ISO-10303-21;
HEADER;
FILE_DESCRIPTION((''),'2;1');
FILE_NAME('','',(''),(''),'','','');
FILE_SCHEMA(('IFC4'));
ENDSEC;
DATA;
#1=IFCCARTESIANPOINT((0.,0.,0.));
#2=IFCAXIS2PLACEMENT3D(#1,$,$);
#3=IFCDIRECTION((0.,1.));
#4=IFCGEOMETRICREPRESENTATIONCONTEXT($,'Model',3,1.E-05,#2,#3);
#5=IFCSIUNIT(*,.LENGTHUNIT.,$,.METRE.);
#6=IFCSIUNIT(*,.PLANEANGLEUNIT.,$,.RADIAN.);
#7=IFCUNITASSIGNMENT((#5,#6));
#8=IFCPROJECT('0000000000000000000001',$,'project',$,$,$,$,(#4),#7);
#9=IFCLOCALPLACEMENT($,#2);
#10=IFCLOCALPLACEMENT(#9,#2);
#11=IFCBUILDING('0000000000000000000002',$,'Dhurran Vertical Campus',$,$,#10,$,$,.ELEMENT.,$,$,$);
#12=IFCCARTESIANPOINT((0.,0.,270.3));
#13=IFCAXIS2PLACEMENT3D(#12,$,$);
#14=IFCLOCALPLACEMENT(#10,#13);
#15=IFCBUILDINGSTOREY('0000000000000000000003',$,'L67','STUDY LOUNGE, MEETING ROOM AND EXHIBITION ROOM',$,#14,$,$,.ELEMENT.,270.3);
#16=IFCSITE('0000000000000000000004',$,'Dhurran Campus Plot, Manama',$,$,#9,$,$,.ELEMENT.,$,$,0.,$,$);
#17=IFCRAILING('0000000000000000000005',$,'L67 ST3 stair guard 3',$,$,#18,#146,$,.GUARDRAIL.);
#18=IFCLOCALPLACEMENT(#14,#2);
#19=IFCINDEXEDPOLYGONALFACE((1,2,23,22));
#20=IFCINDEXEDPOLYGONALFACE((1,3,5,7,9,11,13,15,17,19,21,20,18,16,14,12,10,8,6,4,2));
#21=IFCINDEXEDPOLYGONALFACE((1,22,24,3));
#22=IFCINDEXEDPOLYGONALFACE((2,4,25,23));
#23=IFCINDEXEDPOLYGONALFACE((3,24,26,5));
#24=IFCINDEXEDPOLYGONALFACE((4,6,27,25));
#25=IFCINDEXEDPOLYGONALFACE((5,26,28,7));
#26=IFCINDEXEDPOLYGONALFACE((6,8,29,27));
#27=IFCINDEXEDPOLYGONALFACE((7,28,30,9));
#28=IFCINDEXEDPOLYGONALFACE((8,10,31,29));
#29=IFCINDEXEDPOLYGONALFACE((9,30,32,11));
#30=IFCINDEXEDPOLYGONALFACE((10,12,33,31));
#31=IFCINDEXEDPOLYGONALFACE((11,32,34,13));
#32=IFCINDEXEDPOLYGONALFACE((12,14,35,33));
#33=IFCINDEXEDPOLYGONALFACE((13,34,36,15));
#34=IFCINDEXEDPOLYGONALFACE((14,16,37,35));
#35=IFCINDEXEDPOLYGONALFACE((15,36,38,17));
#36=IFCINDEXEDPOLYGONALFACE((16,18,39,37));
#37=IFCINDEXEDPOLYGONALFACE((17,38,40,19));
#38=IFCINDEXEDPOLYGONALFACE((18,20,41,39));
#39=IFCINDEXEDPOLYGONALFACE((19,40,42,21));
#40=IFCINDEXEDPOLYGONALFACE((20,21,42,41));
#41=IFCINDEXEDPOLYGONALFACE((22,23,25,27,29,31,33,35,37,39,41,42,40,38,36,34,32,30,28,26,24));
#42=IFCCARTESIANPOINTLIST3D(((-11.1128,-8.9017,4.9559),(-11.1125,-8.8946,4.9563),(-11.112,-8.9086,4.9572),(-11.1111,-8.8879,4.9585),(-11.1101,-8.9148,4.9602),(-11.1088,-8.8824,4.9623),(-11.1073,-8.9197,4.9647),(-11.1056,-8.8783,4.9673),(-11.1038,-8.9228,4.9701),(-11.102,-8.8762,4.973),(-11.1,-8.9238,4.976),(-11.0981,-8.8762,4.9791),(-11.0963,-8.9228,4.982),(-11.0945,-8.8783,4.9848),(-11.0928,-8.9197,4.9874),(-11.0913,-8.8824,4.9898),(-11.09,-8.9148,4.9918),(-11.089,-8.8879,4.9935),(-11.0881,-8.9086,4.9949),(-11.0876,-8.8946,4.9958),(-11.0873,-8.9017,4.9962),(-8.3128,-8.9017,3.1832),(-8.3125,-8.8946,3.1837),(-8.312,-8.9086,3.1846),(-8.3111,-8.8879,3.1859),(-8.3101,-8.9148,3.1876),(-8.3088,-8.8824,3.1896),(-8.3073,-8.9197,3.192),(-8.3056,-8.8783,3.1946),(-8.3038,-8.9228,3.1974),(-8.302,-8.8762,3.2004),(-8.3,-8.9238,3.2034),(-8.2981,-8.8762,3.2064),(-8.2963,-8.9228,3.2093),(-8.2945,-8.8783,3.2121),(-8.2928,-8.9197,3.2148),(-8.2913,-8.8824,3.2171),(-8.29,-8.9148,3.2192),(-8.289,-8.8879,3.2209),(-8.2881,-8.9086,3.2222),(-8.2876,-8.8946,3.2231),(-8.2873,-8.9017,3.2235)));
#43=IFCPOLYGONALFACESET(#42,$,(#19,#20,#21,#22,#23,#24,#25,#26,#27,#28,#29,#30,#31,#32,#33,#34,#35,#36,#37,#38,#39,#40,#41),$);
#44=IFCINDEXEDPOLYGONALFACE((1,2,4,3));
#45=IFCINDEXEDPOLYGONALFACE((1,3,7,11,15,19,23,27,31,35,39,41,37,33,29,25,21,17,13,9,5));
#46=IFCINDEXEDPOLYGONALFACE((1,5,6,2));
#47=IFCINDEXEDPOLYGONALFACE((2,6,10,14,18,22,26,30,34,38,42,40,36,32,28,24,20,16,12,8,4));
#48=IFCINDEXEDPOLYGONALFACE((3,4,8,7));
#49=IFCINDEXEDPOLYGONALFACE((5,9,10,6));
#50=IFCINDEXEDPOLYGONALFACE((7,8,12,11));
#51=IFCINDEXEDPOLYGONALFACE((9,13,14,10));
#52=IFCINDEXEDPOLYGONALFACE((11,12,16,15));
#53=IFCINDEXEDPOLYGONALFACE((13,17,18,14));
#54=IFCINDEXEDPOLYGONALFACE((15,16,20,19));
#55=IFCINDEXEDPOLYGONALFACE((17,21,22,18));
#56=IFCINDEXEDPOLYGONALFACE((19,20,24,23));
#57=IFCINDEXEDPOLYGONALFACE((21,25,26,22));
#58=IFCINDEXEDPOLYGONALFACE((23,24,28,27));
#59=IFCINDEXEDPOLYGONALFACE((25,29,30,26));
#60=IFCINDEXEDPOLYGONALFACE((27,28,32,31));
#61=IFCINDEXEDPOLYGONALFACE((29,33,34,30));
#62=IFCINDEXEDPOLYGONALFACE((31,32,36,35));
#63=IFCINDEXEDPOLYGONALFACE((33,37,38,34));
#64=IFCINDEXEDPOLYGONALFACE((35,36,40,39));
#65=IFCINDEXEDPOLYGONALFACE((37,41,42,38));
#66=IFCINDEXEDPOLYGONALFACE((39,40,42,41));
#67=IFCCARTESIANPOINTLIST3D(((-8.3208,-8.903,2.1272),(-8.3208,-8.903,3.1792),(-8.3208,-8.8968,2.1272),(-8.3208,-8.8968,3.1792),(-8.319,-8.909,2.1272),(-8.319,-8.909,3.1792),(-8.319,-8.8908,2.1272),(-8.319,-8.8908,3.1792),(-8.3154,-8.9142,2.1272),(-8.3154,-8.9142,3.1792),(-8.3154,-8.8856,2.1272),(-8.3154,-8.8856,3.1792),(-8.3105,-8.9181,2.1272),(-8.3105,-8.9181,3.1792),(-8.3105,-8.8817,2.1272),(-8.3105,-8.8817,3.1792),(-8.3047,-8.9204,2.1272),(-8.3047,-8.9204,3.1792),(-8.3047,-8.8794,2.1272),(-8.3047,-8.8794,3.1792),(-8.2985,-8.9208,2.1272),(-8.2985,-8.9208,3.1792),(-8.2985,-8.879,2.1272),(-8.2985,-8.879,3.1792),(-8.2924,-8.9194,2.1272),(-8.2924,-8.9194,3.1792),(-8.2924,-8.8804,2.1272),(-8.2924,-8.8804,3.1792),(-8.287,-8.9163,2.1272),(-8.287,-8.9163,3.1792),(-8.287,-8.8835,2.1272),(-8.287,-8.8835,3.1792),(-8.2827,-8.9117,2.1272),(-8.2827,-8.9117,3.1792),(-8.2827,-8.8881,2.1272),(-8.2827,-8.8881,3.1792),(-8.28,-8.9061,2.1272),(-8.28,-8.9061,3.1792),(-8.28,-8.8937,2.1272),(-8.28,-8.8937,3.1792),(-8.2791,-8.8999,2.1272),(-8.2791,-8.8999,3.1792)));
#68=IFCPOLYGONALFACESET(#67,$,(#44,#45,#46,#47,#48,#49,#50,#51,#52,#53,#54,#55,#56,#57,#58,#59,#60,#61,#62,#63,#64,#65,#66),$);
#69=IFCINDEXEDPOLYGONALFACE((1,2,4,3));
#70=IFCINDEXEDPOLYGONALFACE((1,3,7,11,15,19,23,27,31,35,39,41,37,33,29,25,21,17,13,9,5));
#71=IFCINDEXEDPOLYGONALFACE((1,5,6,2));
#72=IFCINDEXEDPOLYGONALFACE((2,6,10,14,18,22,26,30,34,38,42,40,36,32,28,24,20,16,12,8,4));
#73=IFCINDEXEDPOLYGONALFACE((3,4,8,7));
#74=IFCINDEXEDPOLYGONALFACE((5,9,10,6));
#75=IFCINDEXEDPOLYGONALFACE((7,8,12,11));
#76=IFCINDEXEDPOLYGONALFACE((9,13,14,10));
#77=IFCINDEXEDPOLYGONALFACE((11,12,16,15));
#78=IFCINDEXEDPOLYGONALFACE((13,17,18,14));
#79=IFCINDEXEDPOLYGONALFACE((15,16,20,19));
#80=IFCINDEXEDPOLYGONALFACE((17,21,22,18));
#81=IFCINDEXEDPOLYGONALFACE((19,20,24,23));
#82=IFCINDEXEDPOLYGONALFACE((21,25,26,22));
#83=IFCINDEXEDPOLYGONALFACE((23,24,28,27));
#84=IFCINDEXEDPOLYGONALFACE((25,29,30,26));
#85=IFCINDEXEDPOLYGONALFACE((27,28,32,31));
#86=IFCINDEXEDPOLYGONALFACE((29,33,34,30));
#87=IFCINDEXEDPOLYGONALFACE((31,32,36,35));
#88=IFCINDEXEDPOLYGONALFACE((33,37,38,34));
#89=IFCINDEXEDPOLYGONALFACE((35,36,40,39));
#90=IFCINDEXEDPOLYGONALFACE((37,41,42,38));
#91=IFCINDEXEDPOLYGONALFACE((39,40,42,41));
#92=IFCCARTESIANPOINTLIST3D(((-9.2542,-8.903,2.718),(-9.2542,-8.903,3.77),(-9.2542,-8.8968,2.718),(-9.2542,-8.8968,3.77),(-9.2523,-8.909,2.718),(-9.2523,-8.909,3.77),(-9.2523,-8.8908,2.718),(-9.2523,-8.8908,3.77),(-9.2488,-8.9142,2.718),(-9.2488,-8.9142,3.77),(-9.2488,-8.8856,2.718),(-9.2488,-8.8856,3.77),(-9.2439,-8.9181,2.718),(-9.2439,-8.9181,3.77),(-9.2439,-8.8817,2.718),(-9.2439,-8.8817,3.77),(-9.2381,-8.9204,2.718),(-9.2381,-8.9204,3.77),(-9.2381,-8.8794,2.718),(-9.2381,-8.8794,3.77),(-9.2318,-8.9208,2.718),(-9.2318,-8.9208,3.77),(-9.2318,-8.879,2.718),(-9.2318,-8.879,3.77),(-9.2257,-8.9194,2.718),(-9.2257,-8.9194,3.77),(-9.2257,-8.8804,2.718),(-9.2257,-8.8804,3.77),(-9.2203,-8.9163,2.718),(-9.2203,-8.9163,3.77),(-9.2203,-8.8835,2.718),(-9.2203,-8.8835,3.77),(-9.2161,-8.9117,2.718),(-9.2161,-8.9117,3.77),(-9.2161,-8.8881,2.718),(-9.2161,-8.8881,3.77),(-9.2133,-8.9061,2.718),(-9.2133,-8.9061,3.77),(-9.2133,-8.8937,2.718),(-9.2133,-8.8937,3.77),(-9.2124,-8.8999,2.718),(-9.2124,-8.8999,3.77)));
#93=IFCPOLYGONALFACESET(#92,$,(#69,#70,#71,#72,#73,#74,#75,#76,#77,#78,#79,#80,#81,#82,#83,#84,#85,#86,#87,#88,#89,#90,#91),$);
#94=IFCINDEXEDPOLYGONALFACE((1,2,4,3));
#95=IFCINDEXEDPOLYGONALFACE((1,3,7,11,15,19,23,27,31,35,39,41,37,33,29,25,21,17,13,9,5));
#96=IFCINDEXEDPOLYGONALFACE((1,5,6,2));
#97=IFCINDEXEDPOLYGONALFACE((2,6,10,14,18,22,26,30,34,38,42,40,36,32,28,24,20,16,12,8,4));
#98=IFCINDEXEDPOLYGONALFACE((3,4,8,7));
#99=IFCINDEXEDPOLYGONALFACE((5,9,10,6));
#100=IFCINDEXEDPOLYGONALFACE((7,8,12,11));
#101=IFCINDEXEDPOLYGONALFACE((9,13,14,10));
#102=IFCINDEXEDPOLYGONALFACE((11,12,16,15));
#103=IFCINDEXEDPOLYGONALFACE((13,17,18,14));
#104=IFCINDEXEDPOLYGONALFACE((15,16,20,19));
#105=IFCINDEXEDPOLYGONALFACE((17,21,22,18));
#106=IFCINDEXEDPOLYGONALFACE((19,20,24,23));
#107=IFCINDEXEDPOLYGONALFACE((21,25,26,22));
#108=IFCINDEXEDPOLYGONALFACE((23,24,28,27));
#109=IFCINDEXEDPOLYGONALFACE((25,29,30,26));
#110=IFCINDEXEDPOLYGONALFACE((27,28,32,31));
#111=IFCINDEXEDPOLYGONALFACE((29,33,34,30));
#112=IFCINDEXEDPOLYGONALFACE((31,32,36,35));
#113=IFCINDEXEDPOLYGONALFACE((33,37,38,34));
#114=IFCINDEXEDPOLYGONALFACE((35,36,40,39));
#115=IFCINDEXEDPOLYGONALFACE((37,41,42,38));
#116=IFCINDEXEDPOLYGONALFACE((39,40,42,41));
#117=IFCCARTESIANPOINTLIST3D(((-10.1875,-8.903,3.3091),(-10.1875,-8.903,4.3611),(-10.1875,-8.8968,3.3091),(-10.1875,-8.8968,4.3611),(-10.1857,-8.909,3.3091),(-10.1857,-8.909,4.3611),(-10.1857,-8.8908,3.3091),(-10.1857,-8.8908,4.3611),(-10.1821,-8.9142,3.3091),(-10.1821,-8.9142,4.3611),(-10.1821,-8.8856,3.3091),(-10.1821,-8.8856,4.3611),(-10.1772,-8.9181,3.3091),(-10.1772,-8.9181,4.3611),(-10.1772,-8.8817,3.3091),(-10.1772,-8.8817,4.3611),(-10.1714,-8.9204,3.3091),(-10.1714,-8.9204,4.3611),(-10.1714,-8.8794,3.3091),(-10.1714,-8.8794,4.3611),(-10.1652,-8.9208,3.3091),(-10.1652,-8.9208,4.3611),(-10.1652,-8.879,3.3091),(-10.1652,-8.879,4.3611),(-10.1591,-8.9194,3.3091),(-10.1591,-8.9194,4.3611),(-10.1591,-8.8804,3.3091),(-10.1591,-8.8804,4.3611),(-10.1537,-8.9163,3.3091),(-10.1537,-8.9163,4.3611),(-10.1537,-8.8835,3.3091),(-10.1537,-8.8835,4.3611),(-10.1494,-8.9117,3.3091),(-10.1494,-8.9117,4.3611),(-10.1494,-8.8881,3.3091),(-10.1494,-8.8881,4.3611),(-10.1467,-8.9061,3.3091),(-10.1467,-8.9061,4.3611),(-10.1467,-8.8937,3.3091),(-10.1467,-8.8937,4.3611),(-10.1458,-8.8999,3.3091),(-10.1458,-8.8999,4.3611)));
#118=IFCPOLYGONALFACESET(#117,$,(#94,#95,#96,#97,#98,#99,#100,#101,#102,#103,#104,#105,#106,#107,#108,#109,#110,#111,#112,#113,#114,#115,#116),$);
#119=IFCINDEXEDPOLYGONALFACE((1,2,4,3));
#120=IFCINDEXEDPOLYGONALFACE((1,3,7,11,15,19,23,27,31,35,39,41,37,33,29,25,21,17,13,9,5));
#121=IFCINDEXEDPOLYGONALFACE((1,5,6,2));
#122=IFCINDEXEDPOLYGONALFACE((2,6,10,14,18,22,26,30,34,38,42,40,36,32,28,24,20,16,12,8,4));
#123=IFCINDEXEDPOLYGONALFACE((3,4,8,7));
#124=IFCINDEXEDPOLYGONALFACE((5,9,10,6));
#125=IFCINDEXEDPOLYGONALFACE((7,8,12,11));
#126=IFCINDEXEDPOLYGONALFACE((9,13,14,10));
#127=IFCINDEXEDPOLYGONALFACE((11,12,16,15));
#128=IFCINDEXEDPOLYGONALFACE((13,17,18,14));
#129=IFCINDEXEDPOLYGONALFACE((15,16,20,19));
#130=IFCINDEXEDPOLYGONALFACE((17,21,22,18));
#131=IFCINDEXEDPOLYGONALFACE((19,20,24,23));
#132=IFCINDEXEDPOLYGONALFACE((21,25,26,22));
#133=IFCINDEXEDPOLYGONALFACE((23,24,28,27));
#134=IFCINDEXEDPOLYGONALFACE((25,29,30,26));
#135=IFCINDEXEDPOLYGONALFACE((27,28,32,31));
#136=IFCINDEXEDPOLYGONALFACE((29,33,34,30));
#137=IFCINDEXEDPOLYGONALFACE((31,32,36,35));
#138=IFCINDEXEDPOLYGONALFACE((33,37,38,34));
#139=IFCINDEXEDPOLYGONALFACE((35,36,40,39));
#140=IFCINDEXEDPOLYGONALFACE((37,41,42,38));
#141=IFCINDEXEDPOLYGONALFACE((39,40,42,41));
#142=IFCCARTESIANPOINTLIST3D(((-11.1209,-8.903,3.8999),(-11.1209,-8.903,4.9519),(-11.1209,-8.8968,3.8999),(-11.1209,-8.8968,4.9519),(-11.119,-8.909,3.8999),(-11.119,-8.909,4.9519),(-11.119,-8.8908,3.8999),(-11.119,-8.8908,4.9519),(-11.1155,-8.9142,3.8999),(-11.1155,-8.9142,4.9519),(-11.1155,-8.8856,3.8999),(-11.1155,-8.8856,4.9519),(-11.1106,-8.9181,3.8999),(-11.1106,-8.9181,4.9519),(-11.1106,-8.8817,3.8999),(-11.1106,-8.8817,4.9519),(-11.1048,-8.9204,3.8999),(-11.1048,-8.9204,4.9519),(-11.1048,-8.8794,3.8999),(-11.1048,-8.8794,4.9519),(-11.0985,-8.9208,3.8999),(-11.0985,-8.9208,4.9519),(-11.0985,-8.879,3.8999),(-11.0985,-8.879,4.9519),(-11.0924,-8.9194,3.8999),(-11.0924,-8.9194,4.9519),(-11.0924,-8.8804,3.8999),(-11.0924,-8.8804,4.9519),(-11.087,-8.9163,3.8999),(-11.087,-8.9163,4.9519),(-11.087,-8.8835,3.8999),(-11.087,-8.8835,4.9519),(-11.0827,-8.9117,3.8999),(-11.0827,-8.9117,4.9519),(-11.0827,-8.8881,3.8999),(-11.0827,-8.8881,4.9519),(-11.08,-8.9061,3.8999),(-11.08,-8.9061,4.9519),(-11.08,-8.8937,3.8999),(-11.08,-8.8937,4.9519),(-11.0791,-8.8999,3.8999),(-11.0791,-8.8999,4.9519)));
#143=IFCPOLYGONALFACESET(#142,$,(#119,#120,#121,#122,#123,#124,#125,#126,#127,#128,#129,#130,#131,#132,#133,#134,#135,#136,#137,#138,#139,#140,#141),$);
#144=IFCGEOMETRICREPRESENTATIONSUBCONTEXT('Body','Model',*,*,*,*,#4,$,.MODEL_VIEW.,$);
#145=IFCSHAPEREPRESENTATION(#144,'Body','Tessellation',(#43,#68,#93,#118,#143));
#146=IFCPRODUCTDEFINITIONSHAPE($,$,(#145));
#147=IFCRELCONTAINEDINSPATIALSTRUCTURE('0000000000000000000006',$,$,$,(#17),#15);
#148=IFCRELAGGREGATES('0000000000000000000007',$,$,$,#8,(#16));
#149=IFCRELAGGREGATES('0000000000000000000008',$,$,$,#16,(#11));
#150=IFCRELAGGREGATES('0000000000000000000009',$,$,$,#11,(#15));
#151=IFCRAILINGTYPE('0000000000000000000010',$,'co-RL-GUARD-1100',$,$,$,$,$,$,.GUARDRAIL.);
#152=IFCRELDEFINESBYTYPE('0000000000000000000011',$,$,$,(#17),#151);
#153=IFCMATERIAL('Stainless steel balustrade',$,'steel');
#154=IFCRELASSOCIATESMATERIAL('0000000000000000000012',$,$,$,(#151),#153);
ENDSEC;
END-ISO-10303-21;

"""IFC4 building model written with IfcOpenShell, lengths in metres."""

from ifc_helpers import new_model, si_unit, direction, frame, origin, origin_2d, place, context, subcontext, project, spatial, circle, extrude, material, type_object, element, save


model = new_model("IFC4")

# Units and contexts
model_context = context("Model", 3, precision=1e-05, world=origin(), true_north=direction((0.0, 1.0)))
body_context = subcontext(model_context, "Body", "Model", "MODEL_VIEW")
ifc_project = project(units=[si_unit("LENGTHUNIT", "METRE"), si_unit("PLANEANGLEUNIT", "RADIAN")], contexts=[model_context])

# Site, building, storey
site_placement = place(None, origin())
site = spatial("IfcSite", under=ifc_project, at=site_placement, Name="Dhurran Campus Plot, Manama", CompositionType="ELEMENT", RefElevation=0.0)
building_placement = place(site_placement, origin())
building = spatial("IfcBuilding", under=site, at=building_placement, Name="Dhurran Vertical Campus", CompositionType="ELEMENT")
storey_placement = place(building_placement, frame((0.0, 0.0, 270.3)))
storey = spatial("IfcBuildingStorey", under=building, at=storey_placement, Name="L67", Description="STUDY LOUNGE, MEETING ROOM AND EXHIBITION ROOM", CompositionType="ELEMENT", Elevation=270.3)

# Railing
ifc_material_1 = material(Name="Stainless steel balustrade", Category="steel")
railing_type_1 = type_object("IfcRailingType", Name="co-RL-GUARD-1100", PredefinedType="GUARDRAIL", material=ifc_material_1)
railing_1_placement = place(storey_placement, frame((-8.3, -8.8999, 2.1272)))
element("IfcRailing", 1, at=railing_1_placement, inside=storey, type_object=railing_type_1, Name="L67 ST3 stair guard 3", PredefinedType="GUARDRAIL", context=body_context, shape_type="SweptSolid", body=[
    extrude(circle(Radius=0.0239, at=origin_2d()), frame((0.0, 0.0, 1.0762), z_axis=(-0.844909, 0.0, 0.53491), x_axis=(0.0, -1.0, 0.0)), (0.0, 0.0, 1.0), 3.314),
    extrude(circle(Radius=0.021, at=origin_2d()), origin(), (0.0, 0.0, 1.0), 1.052),
    extrude(circle(Radius=0.021, at=origin_2d()), frame((-0.9333, 0.0, 0.5908)), (0.0, 0.0, 1.0), 1.052),
    extrude(circle(Radius=0.021, at=origin_2d()), frame((-1.8667, 0.0, 1.1819)), (0.0, 0.0, 1.0), 1.052),
    extrude(circle(Radius=0.021, at=origin_2d()), frame((-2.8, 0.0, 1.7727)), (0.0, 0.0, 1.0), 1.052),
])

save(model, "model.ifc")
